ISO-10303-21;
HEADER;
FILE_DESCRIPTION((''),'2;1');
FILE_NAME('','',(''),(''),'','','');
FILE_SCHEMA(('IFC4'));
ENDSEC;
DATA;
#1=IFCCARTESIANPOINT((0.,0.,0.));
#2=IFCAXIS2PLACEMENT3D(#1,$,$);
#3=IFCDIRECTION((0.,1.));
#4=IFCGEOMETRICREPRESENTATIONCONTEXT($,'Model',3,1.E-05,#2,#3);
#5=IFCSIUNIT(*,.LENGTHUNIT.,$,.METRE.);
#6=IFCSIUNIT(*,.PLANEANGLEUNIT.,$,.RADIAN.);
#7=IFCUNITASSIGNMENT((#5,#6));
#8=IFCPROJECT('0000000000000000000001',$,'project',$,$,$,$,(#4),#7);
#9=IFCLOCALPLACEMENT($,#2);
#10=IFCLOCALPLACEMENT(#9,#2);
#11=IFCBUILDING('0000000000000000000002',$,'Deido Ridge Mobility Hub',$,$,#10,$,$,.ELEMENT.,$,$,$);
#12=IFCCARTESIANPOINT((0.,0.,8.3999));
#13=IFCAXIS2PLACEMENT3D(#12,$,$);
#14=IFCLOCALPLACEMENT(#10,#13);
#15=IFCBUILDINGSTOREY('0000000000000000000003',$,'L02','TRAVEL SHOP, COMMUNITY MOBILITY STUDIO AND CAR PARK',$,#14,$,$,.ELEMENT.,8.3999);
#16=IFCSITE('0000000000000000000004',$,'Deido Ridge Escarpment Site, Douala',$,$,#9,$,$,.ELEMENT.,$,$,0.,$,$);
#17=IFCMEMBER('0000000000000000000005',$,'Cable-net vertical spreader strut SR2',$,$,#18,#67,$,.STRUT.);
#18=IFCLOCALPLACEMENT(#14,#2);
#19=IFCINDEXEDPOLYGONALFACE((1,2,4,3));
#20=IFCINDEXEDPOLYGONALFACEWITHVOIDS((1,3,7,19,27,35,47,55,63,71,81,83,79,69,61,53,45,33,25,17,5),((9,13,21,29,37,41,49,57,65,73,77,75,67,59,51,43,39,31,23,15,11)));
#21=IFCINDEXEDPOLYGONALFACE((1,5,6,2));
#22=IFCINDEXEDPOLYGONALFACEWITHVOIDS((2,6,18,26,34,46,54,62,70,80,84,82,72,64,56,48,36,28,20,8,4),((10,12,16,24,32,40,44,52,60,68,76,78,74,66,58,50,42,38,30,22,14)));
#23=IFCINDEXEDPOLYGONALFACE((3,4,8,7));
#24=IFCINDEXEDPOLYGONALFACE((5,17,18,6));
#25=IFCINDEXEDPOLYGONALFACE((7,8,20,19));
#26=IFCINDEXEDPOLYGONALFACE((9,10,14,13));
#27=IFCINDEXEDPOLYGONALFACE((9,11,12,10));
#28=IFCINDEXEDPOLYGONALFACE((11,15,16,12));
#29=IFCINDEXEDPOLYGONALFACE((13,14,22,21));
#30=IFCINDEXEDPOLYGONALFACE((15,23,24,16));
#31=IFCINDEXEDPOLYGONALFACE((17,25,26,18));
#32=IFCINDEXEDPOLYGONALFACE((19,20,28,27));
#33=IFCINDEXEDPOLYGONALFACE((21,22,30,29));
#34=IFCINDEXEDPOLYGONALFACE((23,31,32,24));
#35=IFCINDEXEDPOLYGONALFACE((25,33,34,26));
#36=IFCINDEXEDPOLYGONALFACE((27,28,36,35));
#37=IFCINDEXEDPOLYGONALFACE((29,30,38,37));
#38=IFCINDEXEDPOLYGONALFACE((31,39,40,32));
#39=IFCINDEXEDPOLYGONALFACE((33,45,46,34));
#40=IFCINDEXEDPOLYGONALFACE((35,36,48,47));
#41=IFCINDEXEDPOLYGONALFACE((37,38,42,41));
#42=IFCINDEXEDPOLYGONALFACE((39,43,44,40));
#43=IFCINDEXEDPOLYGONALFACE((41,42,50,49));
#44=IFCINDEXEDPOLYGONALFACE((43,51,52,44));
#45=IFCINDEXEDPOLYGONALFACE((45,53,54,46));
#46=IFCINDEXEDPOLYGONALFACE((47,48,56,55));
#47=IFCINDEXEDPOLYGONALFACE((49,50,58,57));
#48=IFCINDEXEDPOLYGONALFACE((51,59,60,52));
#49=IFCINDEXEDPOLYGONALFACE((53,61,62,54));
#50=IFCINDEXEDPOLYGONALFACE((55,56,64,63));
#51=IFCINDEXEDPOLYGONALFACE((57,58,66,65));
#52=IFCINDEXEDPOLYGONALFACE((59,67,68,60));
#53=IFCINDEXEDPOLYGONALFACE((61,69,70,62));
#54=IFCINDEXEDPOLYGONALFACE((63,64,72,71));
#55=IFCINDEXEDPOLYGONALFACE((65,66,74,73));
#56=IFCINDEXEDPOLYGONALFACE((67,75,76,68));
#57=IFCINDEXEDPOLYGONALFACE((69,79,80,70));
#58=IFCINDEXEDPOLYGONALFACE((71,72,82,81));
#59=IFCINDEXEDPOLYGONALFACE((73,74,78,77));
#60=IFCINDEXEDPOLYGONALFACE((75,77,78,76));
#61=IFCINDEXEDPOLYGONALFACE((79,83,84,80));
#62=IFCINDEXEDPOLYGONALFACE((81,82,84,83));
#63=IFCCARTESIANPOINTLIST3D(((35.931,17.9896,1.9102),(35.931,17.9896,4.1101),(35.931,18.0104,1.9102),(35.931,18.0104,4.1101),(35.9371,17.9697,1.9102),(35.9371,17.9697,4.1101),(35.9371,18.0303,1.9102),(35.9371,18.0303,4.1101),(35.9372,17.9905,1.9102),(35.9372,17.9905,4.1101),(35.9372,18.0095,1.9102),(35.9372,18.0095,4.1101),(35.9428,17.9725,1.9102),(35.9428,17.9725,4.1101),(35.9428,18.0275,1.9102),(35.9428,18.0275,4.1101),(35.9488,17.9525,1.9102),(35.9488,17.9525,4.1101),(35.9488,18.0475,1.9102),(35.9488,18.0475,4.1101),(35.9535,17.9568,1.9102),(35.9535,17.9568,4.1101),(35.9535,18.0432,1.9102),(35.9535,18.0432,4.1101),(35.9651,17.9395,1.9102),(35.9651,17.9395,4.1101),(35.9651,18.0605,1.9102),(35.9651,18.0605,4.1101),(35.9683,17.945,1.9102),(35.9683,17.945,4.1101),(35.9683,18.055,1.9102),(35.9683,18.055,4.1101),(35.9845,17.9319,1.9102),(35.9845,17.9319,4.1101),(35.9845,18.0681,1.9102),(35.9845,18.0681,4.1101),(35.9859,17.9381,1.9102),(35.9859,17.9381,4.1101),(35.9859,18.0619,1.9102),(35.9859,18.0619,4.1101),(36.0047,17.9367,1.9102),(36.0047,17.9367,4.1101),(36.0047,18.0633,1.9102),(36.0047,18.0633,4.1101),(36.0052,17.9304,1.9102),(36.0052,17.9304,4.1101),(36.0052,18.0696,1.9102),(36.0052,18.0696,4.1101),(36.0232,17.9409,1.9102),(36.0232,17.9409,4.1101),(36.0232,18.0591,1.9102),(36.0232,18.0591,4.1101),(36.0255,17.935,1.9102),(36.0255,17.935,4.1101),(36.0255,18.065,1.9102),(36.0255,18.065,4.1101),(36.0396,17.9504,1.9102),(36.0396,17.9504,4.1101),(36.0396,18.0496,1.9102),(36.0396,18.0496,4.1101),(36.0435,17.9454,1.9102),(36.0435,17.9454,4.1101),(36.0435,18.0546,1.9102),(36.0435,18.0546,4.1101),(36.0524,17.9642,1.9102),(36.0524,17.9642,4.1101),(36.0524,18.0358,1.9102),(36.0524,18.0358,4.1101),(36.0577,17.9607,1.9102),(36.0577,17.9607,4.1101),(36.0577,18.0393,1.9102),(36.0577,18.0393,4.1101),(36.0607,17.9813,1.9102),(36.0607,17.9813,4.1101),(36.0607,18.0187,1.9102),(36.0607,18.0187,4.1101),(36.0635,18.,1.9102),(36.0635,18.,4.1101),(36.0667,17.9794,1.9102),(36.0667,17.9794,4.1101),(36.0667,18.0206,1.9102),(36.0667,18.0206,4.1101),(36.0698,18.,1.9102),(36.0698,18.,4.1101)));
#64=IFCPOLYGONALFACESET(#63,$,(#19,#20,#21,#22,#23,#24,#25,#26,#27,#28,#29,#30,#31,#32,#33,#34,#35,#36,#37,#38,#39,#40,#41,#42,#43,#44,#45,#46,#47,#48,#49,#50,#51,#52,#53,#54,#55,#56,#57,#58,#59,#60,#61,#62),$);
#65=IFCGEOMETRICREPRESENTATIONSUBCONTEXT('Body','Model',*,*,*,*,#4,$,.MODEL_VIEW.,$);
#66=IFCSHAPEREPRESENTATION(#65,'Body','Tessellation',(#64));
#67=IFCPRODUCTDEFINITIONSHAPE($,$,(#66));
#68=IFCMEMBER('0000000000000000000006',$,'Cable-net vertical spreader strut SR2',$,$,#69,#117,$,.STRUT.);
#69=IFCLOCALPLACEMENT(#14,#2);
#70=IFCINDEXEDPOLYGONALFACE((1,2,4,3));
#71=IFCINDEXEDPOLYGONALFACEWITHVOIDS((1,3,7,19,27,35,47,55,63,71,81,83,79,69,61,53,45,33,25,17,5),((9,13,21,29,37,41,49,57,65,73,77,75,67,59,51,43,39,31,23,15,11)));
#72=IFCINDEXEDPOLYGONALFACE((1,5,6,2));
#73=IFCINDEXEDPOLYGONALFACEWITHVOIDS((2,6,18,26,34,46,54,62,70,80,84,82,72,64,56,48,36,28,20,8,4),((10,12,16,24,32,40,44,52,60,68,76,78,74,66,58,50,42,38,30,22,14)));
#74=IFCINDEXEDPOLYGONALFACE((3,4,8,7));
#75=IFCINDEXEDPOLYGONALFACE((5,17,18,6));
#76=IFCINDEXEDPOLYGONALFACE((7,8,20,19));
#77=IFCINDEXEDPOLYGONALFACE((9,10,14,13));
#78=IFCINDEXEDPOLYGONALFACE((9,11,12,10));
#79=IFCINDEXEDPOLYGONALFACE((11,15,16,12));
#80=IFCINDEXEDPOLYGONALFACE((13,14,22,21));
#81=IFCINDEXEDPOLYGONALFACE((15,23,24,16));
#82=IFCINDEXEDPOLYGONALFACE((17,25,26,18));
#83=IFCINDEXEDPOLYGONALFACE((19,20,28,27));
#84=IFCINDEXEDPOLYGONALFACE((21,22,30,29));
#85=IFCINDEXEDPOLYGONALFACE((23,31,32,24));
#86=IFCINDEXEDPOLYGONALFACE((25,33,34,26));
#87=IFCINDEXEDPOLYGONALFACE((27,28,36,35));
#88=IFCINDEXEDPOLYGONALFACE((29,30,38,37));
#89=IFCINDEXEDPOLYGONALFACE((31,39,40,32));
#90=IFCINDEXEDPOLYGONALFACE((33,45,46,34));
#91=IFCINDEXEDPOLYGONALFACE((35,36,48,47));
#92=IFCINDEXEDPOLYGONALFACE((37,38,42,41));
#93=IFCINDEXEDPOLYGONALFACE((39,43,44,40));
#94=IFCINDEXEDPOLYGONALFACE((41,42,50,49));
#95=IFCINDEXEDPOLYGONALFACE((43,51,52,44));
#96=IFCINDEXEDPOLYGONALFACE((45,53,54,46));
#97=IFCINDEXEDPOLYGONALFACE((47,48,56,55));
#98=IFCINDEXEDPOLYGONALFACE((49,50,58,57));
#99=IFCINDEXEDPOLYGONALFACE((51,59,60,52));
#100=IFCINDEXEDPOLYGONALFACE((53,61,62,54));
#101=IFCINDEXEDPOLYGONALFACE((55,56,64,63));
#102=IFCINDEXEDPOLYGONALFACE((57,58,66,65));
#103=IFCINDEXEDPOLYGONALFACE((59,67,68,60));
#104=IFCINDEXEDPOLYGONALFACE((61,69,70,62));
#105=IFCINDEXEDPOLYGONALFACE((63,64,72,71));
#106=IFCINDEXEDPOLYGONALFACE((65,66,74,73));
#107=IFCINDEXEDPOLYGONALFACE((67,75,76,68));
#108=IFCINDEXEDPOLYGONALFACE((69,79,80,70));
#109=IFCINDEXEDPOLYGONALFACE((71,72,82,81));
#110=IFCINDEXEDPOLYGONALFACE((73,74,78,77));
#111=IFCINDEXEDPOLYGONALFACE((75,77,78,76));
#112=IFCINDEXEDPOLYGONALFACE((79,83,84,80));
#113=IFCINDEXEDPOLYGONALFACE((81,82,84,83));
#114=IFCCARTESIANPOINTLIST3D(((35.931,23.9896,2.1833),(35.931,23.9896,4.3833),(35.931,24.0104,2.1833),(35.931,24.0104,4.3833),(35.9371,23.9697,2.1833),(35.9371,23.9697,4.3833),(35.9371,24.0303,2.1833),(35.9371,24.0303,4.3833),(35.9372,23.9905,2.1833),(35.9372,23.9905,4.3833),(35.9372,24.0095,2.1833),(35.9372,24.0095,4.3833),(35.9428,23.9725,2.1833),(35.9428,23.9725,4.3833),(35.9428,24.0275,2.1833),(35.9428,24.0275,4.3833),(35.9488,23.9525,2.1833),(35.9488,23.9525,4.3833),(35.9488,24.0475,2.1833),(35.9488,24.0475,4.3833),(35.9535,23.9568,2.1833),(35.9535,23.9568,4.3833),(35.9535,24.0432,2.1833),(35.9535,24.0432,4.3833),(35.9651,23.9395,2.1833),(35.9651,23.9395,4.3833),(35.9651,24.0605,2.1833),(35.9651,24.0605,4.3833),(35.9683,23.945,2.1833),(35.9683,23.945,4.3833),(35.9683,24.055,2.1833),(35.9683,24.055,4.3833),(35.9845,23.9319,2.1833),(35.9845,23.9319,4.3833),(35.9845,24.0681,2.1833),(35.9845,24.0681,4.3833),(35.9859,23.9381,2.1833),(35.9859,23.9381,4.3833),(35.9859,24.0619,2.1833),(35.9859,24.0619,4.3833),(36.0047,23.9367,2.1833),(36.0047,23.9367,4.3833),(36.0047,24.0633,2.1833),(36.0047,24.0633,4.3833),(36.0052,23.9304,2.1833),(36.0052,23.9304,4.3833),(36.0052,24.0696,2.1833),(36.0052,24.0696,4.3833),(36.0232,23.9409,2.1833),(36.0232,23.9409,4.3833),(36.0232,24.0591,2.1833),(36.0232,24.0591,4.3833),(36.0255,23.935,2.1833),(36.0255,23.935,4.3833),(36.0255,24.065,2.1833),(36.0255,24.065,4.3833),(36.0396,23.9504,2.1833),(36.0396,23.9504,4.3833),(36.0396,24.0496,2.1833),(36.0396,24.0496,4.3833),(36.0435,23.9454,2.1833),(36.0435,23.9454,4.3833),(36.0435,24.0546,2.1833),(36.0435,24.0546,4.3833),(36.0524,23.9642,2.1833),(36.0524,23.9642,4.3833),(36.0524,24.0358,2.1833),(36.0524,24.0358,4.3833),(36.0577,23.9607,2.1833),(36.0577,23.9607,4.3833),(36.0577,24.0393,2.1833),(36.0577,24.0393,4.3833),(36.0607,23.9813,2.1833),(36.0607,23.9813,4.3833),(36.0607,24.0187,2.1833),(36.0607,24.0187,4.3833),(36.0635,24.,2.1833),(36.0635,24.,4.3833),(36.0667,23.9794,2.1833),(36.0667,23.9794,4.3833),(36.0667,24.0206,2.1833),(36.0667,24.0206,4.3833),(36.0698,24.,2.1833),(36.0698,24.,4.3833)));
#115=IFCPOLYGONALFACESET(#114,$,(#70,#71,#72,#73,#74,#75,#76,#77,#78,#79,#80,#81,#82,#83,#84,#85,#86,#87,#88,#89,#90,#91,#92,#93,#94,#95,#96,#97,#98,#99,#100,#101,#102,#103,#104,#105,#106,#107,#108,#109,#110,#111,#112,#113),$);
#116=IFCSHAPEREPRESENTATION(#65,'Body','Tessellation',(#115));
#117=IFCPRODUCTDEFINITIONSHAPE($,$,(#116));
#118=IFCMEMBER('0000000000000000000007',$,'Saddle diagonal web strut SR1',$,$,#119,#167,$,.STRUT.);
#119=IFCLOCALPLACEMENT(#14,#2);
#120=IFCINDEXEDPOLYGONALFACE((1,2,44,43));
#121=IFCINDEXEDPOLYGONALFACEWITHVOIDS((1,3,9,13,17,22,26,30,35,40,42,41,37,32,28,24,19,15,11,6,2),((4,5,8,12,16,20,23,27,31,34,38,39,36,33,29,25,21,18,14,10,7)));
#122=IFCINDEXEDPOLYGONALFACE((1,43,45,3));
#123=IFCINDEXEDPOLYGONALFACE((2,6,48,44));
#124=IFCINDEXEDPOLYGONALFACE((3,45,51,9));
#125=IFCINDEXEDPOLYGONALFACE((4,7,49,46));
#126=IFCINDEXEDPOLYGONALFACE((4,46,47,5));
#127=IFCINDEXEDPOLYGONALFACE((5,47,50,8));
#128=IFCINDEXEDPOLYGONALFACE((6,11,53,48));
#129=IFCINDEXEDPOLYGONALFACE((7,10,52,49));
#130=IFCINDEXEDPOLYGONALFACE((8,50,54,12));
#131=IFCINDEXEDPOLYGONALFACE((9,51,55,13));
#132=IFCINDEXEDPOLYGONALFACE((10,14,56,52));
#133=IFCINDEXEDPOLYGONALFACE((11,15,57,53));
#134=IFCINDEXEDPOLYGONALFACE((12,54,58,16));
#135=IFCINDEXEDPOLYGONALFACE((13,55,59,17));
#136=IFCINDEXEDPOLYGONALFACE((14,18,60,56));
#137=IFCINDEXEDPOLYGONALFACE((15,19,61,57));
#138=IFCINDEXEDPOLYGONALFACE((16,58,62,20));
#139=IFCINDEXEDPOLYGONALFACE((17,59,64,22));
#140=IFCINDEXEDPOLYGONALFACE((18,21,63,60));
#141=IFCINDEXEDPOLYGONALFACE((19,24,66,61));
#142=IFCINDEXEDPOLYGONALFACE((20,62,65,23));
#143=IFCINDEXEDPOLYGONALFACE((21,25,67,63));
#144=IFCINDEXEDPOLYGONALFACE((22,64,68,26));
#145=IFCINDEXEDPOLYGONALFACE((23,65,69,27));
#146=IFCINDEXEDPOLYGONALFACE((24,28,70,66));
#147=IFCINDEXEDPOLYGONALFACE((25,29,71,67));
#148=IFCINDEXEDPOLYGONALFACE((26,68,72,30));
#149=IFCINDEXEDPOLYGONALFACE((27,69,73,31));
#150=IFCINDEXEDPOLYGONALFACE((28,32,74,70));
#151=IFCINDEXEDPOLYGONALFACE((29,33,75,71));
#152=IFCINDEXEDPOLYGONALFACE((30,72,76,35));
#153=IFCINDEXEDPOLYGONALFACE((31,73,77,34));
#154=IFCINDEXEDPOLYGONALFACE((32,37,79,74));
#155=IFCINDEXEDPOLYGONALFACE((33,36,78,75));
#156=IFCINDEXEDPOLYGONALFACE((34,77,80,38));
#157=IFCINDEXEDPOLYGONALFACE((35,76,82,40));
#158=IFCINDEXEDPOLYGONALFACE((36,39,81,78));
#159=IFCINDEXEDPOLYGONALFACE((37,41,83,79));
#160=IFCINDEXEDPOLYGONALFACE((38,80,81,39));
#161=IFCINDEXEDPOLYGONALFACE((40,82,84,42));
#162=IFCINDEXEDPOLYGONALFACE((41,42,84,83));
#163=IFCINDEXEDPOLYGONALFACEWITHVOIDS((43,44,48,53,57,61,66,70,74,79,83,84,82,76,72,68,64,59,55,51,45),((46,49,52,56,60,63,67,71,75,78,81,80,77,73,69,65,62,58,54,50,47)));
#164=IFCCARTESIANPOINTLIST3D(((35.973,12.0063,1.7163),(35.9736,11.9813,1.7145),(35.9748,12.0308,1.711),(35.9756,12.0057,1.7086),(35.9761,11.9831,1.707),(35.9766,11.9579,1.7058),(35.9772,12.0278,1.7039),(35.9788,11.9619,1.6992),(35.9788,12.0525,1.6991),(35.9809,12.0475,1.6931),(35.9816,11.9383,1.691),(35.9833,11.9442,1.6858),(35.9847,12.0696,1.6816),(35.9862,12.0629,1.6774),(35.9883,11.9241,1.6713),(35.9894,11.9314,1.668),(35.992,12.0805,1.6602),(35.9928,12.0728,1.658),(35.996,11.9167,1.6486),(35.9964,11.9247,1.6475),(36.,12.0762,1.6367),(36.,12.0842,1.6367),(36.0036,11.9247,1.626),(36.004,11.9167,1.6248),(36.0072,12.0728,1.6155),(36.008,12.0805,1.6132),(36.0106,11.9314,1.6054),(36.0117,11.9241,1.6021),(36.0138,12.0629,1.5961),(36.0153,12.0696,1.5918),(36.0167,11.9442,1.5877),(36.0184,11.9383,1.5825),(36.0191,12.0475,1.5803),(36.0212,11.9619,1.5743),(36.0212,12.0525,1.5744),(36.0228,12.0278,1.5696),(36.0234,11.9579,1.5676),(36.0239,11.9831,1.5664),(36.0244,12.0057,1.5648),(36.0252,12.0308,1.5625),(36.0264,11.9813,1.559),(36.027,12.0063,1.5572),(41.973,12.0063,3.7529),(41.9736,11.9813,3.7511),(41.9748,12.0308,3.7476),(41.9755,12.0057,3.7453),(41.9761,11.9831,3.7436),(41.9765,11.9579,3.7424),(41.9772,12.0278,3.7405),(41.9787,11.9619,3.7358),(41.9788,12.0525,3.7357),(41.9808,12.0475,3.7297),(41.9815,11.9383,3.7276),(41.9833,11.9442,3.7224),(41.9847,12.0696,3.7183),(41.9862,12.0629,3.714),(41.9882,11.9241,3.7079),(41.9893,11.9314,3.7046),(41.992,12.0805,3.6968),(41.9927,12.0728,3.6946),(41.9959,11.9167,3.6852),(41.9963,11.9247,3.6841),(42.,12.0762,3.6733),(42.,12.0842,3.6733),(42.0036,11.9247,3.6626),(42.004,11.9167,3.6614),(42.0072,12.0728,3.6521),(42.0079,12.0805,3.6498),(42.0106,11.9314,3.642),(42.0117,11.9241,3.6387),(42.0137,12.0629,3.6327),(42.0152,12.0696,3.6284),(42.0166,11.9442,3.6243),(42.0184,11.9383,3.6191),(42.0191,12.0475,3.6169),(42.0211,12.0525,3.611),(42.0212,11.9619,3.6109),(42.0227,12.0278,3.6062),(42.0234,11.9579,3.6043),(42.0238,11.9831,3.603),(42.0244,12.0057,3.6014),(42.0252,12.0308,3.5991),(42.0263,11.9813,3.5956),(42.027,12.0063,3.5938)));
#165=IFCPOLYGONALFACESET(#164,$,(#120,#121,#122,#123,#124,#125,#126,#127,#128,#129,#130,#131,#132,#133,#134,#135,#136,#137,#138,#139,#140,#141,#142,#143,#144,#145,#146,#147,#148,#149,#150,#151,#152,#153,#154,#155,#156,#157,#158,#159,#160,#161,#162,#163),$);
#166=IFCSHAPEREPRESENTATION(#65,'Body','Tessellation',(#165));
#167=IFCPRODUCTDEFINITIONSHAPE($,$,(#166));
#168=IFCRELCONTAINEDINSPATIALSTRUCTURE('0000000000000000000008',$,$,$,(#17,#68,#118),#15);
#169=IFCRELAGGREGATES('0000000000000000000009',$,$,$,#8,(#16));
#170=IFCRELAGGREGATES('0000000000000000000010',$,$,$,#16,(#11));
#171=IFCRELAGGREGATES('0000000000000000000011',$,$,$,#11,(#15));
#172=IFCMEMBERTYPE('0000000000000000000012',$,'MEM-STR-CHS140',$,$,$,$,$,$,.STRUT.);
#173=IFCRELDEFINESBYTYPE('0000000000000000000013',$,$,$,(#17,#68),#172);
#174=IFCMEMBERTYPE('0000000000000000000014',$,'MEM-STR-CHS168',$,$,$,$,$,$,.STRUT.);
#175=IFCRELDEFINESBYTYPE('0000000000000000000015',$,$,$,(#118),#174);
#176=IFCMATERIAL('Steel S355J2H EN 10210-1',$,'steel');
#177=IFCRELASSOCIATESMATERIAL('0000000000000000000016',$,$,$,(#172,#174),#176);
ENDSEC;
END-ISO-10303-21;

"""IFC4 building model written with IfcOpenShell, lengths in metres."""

from ifc_helpers import new_model, si_unit, direction, frame, origin, origin_2d, place, context, subcontext, project, spatial, hollow_circle, extrude, material, material_profile, profile_set, type_object, element, save


model = new_model("IFC4")

# Units and contexts
model_context = context("Model", 3, precision=1e-05, world=origin(), true_north=direction((0.0, 1.0)))
body_context = subcontext(model_context, "Body", "Model", "MODEL_VIEW")
ifc_project = project(units=[si_unit("LENGTHUNIT", "METRE"), si_unit("PLANEANGLEUNIT", "RADIAN")], contexts=[model_context])

# Site, building, storey
site_placement = place(None, origin())
site = spatial("IfcSite", under=ifc_project, at=site_placement, Name="Deido Ridge Escarpment Site, Douala", CompositionType="ELEMENT", RefElevation=0.0)
building_placement = place(site_placement, origin())
building = spatial("IfcBuilding", under=site, at=building_placement, Name="Deido Ridge Mobility Hub", CompositionType="ELEMENT")
storey_placement = place(building_placement, frame((0.0, 0.0, 8.3999)))
storey = spatial("IfcBuildingStorey", under=building, at=storey_placement, Name="L02", Description="TRAVEL SHOP, COMMUNITY MOBILITY STUDIO AND CAR PARK", CompositionType="ELEMENT", Elevation=8.3999)

# Members
ifc_material_1 = material(Name="Steel S355J2H EN 10210-1", Category="steel")
ifc_material_profile_1 = material_profile(ifc_material_1, hollow_circle(Radius=0.0698, WallThickness=0.0063, at=origin_2d()), Name="CHS 139.7x6.3")
ifc_profile_set_1 = profile_set([ifc_material_profile_1], Name="Steel S355J2H EN 10210-1")
member_type_1 = type_object("IfcMemberType", Name="MEM-STR-CHS140", PredefinedType="STRUT", material=ifc_profile_set_1)
for number, where, z_axis, x_axis, name in (
    (1, (36.0, 18.0, 1.9102), (0.0, 0.0, 1.0), (1.0, 0.0, 0.0), "Cable-net vertical spreader strut SR2"),
    (2, (36.0, 24.0, 2.1833), (0.0, 0.0, 1.0), (1.0, 0.0, 0.0), "Cable-net vertical spreader strut SR2"),
):
    element("IfcMember", number, at=place(storey_placement, frame(where, z_axis=z_axis, x_axis=x_axis)), inside=storey, type_object=member_type_1, Name=name, PredefinedType="STRUT", context=body_context, shape_type="SweptSolid", body=[
        extrude(hollow_circle(Radius=0.0698, WallThickness=0.0063, at=origin_2d()), origin(), (0.0, 0.0, 1.0), 2.2),
    ])
ifc_material_profile_2 = material_profile(ifc_material_1, hollow_circle(Radius=0.0842, WallThickness=0.0081, at=origin_2d()), Name="CHS 168.3x8")
ifc_profile_set_2 = profile_set([ifc_material_profile_2], Name="Steel S355J2H EN 10210-1")
member_type_2 = type_object("IfcMemberType", Name="MEM-STR-CHS168", PredefinedType="STRUT", material=ifc_profile_set_2)
member_1_placement = place(storey_placement, frame((36.0, 12.0, 1.6367), z_axis=(0.946935, 0.0, 0.321425), x_axis=(0.0, 1.0, 0.0)))
element("IfcMember", 3, at=member_1_placement, inside=storey, type_object=member_type_2, Name="Saddle diagonal web strut SR1", PredefinedType="STRUT", context=body_context, shape_type="SweptSolid", body=[
    extrude(hollow_circle(Radius=0.0842, WallThickness=0.0081, at=origin_2d()), origin(), (0.0, 0.0, 1.0), 6.3362),
])

save(model, "model.ifc")
